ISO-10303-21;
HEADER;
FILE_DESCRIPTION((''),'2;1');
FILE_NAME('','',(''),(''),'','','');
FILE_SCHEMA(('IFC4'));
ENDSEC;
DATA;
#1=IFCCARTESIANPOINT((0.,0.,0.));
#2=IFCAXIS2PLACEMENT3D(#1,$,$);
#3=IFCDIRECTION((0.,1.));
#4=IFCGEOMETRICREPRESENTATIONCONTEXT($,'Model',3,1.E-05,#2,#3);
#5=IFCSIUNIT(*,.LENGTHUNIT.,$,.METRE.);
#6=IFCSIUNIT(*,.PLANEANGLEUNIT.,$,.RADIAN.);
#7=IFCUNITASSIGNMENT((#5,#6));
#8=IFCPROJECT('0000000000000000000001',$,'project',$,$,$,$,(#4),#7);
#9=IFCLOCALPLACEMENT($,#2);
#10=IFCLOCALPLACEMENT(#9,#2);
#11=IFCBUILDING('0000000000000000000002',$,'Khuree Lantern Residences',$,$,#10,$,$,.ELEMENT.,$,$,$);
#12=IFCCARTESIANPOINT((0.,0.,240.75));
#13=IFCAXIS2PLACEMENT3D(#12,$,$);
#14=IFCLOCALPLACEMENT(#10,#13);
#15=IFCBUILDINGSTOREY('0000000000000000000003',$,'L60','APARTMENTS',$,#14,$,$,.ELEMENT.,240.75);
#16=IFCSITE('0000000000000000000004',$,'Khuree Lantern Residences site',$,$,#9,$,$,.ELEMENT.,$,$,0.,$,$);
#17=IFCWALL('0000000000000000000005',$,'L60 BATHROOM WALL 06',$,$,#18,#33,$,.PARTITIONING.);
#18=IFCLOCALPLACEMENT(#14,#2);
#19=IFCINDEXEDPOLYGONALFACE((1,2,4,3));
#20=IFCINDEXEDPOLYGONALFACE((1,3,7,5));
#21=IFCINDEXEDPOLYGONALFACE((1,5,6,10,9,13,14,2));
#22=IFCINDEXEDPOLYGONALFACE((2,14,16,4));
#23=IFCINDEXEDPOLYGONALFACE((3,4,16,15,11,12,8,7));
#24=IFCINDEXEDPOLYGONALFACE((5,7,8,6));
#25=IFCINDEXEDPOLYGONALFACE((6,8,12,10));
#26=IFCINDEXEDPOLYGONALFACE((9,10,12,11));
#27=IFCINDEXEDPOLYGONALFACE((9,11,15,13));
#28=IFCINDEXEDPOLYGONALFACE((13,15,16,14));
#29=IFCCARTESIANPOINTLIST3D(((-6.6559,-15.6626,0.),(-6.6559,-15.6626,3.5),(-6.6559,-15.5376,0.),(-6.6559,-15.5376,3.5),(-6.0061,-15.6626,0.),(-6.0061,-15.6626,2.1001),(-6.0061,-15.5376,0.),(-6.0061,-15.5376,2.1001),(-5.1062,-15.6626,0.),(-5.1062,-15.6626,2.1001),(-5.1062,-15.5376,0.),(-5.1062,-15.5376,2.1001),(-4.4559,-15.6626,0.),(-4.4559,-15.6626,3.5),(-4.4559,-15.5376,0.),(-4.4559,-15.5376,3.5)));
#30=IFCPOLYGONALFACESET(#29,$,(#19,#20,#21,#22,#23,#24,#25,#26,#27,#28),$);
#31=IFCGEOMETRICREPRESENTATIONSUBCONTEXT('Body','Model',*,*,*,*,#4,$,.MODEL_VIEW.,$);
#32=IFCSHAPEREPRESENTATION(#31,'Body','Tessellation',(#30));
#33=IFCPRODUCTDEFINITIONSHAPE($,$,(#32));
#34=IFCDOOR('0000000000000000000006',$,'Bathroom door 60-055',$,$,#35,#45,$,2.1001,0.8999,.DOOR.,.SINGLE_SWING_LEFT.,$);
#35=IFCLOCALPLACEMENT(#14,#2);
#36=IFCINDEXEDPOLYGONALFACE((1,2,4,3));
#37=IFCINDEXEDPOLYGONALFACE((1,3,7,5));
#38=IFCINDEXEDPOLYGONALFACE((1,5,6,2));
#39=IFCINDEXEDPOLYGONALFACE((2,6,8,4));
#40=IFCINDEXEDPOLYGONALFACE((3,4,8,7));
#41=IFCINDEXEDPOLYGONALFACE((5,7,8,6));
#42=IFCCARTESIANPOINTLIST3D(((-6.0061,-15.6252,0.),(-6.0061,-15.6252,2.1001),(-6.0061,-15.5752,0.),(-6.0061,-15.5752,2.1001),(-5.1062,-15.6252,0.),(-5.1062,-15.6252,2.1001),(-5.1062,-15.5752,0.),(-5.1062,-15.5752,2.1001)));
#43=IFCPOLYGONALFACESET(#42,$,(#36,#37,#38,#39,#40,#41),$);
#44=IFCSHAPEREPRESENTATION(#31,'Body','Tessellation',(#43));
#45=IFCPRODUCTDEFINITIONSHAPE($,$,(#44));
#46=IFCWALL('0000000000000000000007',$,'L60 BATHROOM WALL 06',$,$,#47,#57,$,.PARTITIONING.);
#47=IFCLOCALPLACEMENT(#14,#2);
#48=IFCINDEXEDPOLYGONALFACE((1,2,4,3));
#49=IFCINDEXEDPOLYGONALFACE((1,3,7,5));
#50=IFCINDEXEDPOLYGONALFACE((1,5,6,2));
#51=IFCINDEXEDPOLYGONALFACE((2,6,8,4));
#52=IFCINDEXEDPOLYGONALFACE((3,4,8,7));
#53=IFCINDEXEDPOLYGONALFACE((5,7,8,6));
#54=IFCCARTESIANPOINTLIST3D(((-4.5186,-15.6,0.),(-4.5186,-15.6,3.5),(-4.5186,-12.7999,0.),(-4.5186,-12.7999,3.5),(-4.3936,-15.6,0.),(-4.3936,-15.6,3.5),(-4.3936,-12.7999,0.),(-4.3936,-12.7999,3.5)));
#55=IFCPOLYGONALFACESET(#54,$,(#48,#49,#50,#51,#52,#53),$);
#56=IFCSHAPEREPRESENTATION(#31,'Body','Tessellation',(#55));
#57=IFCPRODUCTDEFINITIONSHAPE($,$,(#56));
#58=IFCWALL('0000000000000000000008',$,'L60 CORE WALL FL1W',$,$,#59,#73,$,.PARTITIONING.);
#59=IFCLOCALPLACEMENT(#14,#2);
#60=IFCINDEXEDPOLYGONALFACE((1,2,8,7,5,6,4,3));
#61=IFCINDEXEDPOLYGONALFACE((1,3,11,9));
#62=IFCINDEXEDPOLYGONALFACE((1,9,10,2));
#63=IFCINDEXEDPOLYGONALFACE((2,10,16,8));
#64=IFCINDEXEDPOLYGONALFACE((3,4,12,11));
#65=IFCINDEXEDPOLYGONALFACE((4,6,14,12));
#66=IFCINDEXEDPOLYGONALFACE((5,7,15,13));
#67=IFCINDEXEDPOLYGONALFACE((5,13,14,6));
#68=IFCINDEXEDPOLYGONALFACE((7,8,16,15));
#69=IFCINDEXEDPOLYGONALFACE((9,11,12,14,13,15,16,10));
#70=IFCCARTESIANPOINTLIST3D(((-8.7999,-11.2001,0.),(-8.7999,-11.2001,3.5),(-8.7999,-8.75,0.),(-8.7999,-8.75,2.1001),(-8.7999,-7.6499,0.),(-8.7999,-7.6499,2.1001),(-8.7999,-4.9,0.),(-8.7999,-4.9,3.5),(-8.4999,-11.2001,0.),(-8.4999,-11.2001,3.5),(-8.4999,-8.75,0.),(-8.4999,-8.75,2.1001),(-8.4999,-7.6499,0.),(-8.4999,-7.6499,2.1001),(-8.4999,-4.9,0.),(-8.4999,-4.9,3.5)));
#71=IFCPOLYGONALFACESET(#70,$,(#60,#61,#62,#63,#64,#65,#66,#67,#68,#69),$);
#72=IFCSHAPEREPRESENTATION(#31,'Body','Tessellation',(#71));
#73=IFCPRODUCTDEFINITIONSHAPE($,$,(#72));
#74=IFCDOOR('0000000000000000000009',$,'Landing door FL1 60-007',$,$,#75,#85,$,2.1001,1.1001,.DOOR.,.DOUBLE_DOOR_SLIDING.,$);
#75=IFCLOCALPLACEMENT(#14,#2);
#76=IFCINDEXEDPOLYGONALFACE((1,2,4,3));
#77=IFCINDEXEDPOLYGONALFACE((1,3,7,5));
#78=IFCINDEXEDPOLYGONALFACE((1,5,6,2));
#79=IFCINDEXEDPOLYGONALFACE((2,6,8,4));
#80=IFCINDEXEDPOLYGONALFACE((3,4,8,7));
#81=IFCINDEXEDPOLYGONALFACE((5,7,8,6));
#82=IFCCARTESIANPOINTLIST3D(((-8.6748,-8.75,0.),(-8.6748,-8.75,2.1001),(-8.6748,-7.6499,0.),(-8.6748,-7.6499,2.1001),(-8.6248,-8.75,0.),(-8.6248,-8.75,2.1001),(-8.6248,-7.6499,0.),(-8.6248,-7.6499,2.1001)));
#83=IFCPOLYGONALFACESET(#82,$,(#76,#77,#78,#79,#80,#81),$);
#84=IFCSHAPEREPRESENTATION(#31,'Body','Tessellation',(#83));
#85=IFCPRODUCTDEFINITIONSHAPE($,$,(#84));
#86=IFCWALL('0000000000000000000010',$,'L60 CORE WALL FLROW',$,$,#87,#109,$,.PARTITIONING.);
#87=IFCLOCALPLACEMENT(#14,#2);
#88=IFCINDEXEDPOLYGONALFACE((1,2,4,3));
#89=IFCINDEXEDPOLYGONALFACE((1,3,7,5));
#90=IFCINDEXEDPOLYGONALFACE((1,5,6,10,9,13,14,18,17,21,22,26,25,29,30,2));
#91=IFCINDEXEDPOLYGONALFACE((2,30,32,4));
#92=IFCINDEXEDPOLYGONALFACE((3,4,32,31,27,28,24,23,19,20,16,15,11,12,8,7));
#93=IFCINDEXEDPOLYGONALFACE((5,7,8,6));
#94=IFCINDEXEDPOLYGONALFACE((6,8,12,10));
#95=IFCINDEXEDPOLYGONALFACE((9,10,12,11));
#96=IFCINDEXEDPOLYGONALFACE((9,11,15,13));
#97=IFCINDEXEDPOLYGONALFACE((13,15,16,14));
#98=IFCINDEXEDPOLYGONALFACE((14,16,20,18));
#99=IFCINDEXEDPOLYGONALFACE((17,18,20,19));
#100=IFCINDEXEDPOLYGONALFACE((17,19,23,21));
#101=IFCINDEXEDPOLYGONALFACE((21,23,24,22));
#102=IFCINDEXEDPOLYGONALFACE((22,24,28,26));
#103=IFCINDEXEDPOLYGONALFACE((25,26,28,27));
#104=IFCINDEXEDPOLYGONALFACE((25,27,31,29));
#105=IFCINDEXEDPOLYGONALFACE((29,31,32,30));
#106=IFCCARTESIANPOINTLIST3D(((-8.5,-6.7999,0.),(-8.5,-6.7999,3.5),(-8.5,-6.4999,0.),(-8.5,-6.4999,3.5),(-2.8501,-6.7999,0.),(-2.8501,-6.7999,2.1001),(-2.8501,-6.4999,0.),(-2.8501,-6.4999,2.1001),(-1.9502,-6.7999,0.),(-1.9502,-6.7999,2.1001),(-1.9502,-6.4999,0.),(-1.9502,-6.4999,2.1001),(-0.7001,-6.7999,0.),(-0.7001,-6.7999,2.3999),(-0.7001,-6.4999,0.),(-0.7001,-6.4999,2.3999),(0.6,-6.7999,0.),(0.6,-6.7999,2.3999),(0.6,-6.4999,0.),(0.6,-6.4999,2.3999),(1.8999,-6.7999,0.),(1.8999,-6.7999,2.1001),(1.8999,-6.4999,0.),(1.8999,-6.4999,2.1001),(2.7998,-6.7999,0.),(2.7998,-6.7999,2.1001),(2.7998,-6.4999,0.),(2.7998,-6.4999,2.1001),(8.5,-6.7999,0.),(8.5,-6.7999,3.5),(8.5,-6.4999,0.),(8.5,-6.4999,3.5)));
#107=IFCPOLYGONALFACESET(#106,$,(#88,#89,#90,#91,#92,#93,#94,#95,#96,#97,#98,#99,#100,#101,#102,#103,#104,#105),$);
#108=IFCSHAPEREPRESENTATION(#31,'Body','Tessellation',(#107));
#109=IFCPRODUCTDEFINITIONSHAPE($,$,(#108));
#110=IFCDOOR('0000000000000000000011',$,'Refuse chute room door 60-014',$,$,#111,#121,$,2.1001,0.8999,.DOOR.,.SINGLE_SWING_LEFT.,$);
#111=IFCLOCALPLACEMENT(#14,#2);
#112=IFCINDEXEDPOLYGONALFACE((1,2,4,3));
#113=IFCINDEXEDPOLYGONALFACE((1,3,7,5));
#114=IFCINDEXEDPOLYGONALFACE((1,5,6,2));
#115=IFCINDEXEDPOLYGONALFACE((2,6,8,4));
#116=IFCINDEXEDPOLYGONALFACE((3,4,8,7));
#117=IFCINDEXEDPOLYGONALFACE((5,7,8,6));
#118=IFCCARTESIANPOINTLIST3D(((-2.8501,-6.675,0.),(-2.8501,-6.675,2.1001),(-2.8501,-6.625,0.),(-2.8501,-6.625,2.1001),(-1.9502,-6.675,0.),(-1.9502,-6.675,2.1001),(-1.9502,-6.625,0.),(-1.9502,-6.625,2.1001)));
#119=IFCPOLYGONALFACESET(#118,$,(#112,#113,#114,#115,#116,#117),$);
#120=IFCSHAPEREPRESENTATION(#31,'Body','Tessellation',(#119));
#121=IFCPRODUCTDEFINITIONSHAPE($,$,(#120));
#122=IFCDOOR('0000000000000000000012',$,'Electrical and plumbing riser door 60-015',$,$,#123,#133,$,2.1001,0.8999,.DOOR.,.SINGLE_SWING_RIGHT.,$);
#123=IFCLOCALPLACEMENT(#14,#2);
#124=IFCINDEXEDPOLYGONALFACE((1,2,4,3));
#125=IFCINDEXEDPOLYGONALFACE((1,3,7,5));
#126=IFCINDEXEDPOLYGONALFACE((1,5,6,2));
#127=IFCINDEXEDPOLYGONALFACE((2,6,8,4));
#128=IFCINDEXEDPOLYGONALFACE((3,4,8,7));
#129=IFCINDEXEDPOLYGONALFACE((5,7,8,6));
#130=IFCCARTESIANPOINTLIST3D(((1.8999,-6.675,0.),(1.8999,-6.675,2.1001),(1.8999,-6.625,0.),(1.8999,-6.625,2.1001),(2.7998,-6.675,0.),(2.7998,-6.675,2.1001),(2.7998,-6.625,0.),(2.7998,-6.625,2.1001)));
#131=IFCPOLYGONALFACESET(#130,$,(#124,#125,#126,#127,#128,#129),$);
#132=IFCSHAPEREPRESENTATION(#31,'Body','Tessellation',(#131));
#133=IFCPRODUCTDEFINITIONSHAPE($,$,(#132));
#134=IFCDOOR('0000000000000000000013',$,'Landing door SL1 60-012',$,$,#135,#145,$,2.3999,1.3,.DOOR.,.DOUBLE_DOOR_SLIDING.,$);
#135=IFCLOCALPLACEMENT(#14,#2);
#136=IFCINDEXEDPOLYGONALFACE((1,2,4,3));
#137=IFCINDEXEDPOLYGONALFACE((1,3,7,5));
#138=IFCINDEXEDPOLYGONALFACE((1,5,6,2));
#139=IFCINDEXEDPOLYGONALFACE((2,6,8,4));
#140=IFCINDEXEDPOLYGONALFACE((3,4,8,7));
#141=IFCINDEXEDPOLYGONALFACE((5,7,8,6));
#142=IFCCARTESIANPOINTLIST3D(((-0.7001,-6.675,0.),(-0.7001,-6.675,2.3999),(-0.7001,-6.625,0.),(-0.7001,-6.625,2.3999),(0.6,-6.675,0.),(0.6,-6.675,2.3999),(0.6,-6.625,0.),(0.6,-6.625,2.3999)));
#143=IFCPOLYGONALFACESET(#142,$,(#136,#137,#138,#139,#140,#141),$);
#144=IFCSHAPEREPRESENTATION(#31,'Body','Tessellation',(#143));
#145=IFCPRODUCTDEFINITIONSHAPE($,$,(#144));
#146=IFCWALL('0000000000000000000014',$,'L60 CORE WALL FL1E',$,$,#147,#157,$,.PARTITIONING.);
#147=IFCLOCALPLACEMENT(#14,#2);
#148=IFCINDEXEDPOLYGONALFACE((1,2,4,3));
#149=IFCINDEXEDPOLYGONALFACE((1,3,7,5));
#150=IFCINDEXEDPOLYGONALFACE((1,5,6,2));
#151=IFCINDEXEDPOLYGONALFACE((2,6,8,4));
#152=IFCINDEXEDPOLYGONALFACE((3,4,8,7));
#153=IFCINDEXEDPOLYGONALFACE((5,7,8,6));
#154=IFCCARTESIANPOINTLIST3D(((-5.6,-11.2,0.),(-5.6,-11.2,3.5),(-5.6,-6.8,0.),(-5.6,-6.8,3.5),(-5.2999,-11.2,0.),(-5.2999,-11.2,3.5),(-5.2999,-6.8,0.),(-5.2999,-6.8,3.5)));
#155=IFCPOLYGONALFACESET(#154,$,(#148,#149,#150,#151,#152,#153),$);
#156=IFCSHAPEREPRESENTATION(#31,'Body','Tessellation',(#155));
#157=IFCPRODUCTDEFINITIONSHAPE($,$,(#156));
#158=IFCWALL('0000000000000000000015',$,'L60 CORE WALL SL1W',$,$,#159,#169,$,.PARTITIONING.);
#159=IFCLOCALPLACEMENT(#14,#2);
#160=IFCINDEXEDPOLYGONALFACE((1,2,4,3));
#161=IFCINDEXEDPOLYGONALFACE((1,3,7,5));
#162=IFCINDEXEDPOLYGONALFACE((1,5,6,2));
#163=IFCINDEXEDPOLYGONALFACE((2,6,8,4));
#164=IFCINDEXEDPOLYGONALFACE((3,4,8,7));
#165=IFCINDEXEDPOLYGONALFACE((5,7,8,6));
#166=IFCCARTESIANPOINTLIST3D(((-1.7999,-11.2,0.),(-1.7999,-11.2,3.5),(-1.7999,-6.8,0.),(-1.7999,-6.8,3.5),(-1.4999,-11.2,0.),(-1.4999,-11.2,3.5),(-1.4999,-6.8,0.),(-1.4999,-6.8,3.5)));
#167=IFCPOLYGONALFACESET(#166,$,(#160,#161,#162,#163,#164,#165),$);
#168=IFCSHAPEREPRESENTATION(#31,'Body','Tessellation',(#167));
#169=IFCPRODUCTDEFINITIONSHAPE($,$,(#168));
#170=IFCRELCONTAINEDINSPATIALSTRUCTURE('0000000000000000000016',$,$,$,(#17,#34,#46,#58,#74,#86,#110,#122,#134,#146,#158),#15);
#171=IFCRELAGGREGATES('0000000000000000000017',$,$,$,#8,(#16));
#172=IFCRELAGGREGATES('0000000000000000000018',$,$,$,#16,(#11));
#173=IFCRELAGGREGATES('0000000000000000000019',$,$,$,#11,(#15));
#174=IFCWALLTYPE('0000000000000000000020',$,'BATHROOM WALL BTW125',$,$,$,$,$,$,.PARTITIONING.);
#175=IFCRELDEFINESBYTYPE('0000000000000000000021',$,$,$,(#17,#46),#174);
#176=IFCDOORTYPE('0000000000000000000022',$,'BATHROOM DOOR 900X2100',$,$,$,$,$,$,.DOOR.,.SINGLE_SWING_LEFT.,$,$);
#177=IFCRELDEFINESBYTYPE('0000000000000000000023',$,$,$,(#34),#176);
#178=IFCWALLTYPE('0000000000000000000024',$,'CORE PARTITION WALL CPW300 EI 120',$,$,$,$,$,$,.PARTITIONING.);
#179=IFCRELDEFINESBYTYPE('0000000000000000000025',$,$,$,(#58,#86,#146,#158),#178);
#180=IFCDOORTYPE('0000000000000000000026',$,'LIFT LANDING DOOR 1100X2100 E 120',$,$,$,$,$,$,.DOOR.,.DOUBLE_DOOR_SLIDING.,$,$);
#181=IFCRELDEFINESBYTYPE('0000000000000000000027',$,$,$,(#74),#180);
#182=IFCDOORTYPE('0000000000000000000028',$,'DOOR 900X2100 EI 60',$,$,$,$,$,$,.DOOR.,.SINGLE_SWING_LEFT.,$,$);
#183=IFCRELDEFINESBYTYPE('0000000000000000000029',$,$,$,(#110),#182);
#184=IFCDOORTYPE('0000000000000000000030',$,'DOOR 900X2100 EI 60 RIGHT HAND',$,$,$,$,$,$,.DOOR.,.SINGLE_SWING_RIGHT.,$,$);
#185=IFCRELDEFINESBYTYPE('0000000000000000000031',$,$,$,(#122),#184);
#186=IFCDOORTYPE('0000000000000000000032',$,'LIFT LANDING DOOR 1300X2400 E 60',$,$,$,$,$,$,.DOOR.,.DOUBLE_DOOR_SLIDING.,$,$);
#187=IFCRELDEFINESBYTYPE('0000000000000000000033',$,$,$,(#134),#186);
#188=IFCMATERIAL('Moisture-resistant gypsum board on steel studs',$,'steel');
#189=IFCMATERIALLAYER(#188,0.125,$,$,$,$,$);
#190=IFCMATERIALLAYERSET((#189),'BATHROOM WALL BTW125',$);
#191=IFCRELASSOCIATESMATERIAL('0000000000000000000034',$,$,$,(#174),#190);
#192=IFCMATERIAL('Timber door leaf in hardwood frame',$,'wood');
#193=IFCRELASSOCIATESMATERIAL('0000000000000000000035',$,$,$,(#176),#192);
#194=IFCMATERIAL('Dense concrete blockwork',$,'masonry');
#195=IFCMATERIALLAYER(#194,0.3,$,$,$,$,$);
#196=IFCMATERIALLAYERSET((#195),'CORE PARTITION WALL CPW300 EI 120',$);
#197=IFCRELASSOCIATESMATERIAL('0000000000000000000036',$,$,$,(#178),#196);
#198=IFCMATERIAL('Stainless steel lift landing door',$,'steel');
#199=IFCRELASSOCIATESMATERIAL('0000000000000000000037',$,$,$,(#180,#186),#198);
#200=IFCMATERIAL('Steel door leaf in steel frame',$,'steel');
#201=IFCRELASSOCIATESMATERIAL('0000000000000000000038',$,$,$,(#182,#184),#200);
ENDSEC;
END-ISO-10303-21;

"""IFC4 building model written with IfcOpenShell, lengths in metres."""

from ifc_helpers import new_model, si_unit, direction, frame, frame_2d, origin, place, context, subcontext, project, spatial, rectangle, extrude, material, layer, layer_set, type_object, element, fill, save


model = new_model("IFC4")

# Units and contexts
model_context = context("Model", 3, precision=1e-05, world=origin(), true_north=direction((0.0, 1.0)))
body_context = subcontext(model_context, "Body", "Model", "MODEL_VIEW")
ifc_project = project(units=[si_unit("LENGTHUNIT", "METRE"), si_unit("PLANEANGLEUNIT", "RADIAN")], contexts=[model_context])

# Site, building, storey
site_placement = place(None, origin())
site = spatial("IfcSite", under=ifc_project, at=site_placement, Name="Khuree Lantern Residences site", CompositionType="ELEMENT", RefElevation=0.0)
building_placement = place(site_placement, origin())
building = spatial("IfcBuilding", under=site, at=building_placement, Name="Khuree Lantern Residences", CompositionType="ELEMENT")
storey_placement = place(building_placement, frame((0.0, 0.0, 240.75)))
storey = spatial("IfcBuildingStorey", under=building, at=storey_placement, Name="L60", Description="APARTMENTS", CompositionType="ELEMENT", Elevation=240.75)

# Wall, opening, door
ifc_material_1 = material(Name="Moisture-resistant gypsum board on steel studs", Category="steel")
ifc_layer_1 = layer(ifc_material_1, 0.125)
ifc_layer_set_1 = layer_set([ifc_layer_1], Name="BATHROOM WALL BTW125")
wall_type_1 = type_object("IfcWallType", Name="BATHROOM WALL BTW125", PredefinedType="PARTITIONING", material=ifc_layer_set_1)
wall_1_placement = place(storey_placement, frame((-6.656, -15.6001, 0.0), z_axis=(0.0, 0.0, 1.0), x_axis=(1.0, 0.0, 0.0)))
wall_1 = element("IfcWall", 1, at=wall_1_placement, inside=storey, type_object=wall_type_1, Name="L60 BATHROOM WALL 06", PredefinedType="PARTITIONING", context=body_context, shape_type="SweptSolid", body=[
    extrude(rectangle(XDim=2.2, YDim=0.125, at=frame_2d((1.1001, 0.0))), origin(), (0.0, 0.0, 1.0), 3.5),
])
opening_1_placement = place(wall_1_placement, frame((0.6499, 0.0, 0.0)))
opening_1 = element("IfcOpeningElement", 2, at=opening_1_placement, cuts=wall_1, PredefinedType="OPENING", context=body_context, shape_type="SweptSolid", body=[
    extrude(rectangle(XDim=0.8999, YDim=2.1001, at=frame_2d((0.45, 1.05))), frame((0.0, 0.0725, 0.0), z_axis=(0.0, -1.0, 0.0), x_axis=(1.0, 0.0, 0.0)), (0.0, 0.0, 1.0), 0.145),
])
ifc_material_2 = material(Name="Timber door leaf in hardwood frame", Category="wood")
door_type_1 = type_object("IfcDoorType", Name="BATHROOM DOOR 900X2100", OperationType="SINGLE_SWING_LEFT", PredefinedType="DOOR", material=ifc_material_2)
door_1_placement = place(opening_1_placement, origin())
door_1 = element("IfcDoor", 3, at=door_1_placement, inside=storey, type_object=door_type_1, Name="Bathroom door 60-055", OperationType="SINGLE_SWING_LEFT", OverallHeight=2.1001, OverallWidth=0.8999, PredefinedType="DOOR", context=body_context, shape_type="SweptSolid", body=[
    extrude(rectangle(XDim=0.8999, YDim=2.1001, at=frame_2d((0.45, 1.05))), frame((0.0, 0.0249, 0.0), z_axis=(0.0, -1.0, 0.0), x_axis=(1.0, 0.0, 0.0)), (0.0, 0.0, 1.0), 0.05),
])
fill(opening_1, door_1)

# Wall
wall_2_placement = place(storey_placement, frame((-4.4561, -12.8, 0.0), z_axis=(0.0, 0.0, 1.0), x_axis=(0.0, -1.0, 0.0)))
element("IfcWall", 4, at=wall_2_placement, inside=storey, type_object=wall_type_1, Name="L60 BATHROOM WALL 06", PredefinedType="PARTITIONING", context=body_context, shape_type="SweptSolid", body=[
    extrude(rectangle(XDim=2.8, YDim=0.125, at=frame_2d((1.3999, 0.0))), origin(), (0.0, 0.0, 1.0), 3.5),
])

# Wall, opening, door
ifc_material_3 = material(Name="Dense concrete blockwork", Category="masonry")
ifc_layer_2 = layer(ifc_material_3, 0.3)
ifc_layer_set_2 = layer_set([ifc_layer_2], Name="CORE PARTITION WALL CPW300 EI 120")
wall_type_2 = type_object("IfcWallType", Name="CORE PARTITION WALL CPW300 EI 120", PredefinedType="PARTITIONING", material=ifc_layer_set_2)
wall_3_placement = place(storey_placement, frame((-8.6499, -11.2, 0.0), z_axis=(0.0, 0.0, 1.0), x_axis=(0.0, 1.0, 0.0)))
wall_3 = element("IfcWall", 5, at=wall_3_placement, inside=storey, type_object=wall_type_2, Name="L60 CORE WALL FL1W", PredefinedType="PARTITIONING", context=body_context, shape_type="SweptSolid", body=[
    extrude(rectangle(XDim=6.3, YDim=0.3, at=frame_2d((3.1499, 0.0))), origin(), (0.0, 0.0, 1.0), 3.5),
])
opening_2_placement = place(wall_3_placement, frame((2.45, 0.0, 0.0)))
opening_2 = element("IfcOpeningElement", 6, at=opening_2_placement, cuts=wall_3, PredefinedType="OPENING", context=body_context, shape_type="SweptSolid", body=[
    extrude(rectangle(XDim=1.1001, YDim=2.1001, at=frame_2d((0.55, 1.05))), frame((0.0, 0.1602, 0.0), z_axis=(0.0, -1.0, 0.0), x_axis=(1.0, 0.0, 0.0)), (0.0, 0.0, 1.0), 0.3201),
])
ifc_material_4 = material(Name="Stainless steel lift landing door", Category="steel")
door_type_2 = type_object("IfcDoorType", Name="LIFT LANDING DOOR 1100X2100 E 120", OperationType="DOUBLE_DOOR_SLIDING", PredefinedType="DOOR", material=ifc_material_4)
door_2_placement = place(opening_2_placement, origin())
door_2 = element("IfcDoor", 7, at=door_2_placement, inside=storey, type_object=door_type_2, Name="Landing door FL1 60-007", OperationType="DOUBLE_DOOR_SLIDING", OverallHeight=2.1001, OverallWidth=1.1001, PredefinedType="DOOR", context=body_context, shape_type="SweptSolid", body=[
    extrude(rectangle(XDim=1.1001, YDim=2.1001, at=frame_2d((0.55, 1.05))), frame((0.0, 0.0249, 0.0), z_axis=(0.0, -1.0, 0.0), x_axis=(1.0, 0.0, 0.0)), (0.0, 0.0, 1.0), 0.05),
])
fill(opening_2, door_2)

# Wall, openings, doors
wall_4_placement = place(storey_placement, frame((-8.5, -6.6499, 0.0), z_axis=(0.0, 0.0, 1.0), x_axis=(1.0, 0.0, 0.0)))
wall_4 = element("IfcWall", 8, at=wall_4_placement, inside=storey, type_object=wall_type_2, Name="L60 CORE WALL FLROW", PredefinedType="PARTITIONING", context=body_context, shape_type="SweptSolid", body=[
    extrude(rectangle(XDim=17.0, YDim=0.3, at=frame_2d((8.5, 0.0))), origin(), (0.0, 0.0, 1.0), 3.5),
])
opening_3_placement = place(wall_4_placement, frame((7.8, 0.0, 0.0)))
opening_3 = element("IfcOpeningElement", 9, at=opening_3_placement, cuts=wall_4, PredefinedType="OPENING", context=body_context, shape_type="SweptSolid", body=[
    extrude(rectangle(XDim=1.3, YDim=2.3999, at=frame_2d((0.6499, 1.2))), frame((0.0, 0.1602, 0.0), z_axis=(0.0, -1.0, 0.0), x_axis=(1.0, 0.0, 0.0)), (0.0, 0.0, 1.0), 0.3201),
])
opening_4_placement = place(wall_4_placement, frame((5.6499, 0.0, 0.0)))
opening_4 = element("IfcOpeningElement", 10, at=opening_4_placement, cuts=wall_4, PredefinedType="OPENING", context=body_context, shape_type="SweptSolid", body=[
    extrude(rectangle(XDim=0.8999, YDim=2.1001, at=frame_2d((0.45, 1.05))), frame((0.0, 0.1602, 0.0), z_axis=(0.0, -1.0, 0.0), x_axis=(1.0, 0.0, 0.0)), (0.0, 0.0, 1.0), 0.3201),
])
opening_5_placement = place(wall_4_placement, frame((10.3999, 0.0, 0.0)))
opening_5 = element("IfcOpeningElement", 11, at=opening_5_placement, cuts=wall_4, PredefinedType="OPENING", context=body_context, shape_type="SweptSolid", body=[
    extrude(rectangle(XDim=0.8999, YDim=2.1001, at=frame_2d((0.45, 1.05))), frame((0.0, 0.1602, 0.0), z_axis=(0.0, -1.0, 0.0), x_axis=(1.0, 0.0, 0.0)), (0.0, 0.0, 1.0), 0.3201),
])
ifc_material_5 = material(Name="Steel door leaf in steel frame", Category="steel")
door_type_3 = type_object("IfcDoorType", Name="DOOR 900X2100 EI 60", OperationType="SINGLE_SWING_LEFT", PredefinedType="DOOR", material=ifc_material_5)
door_3_placement = place(opening_4_placement, origin())
door_3 = element("IfcDoor", 12, at=door_3_placement, inside=storey, type_object=door_type_3, Name="Refuse chute room door 60-014", OperationType="SINGLE_SWING_LEFT", OverallHeight=2.1001, OverallWidth=0.8999, PredefinedType="DOOR", context=body_context, shape_type="SweptSolid", body=[
    extrude(rectangle(XDim=0.8999, YDim=2.1001, at=frame_2d((0.45, 1.05))), frame((0.0, 0.0249, 0.0), z_axis=(0.0, -1.0, 0.0), x_axis=(1.0, 0.0, 0.0)), (0.0, 0.0, 1.0), 0.05),
])
fill(opening_4, door_3)
door_type_4 = type_object("IfcDoorType", Name="DOOR 900X2100 EI 60 RIGHT HAND", OperationType="SINGLE_SWING_RIGHT", PredefinedType="DOOR", material=ifc_material_5)
door_4_placement = place(opening_5_placement, origin())
door_4 = element("IfcDoor", 13, at=door_4_placement, inside=storey, type_object=door_type_4, Name="Electrical and plumbing riser door 60-015", OperationType="SINGLE_SWING_RIGHT", OverallHeight=2.1001, OverallWidth=0.8999, PredefinedType="DOOR", context=body_context, shape_type="SweptSolid", body=[
    extrude(rectangle(XDim=0.8999, YDim=2.1001, at=frame_2d((0.45, 1.05))), frame((0.0, 0.0249, 0.0), z_axis=(0.0, -1.0, 0.0), x_axis=(1.0, 0.0, 0.0)), (0.0, 0.0, 1.0), 0.05),
])
fill(opening_5, door_4)
door_type_5 = type_object("IfcDoorType", Name="LIFT LANDING DOOR 1300X2400 E 60", OperationType="DOUBLE_DOOR_SLIDING", PredefinedType="DOOR", material=ifc_material_4)
door_5_placement = place(opening_3_placement, origin())
door_5 = element("IfcDoor", 14, at=door_5_placement, inside=storey, type_object=door_type_5, Name="Landing door SL1 60-012", OperationType="DOUBLE_DOOR_SLIDING", OverallHeight=2.3999, OverallWidth=1.3, PredefinedType="DOOR", context=body_context, shape_type="SweptSolid", body=[
    extrude(rectangle(XDim=1.3, YDim=2.3999, at=frame_2d((0.6499, 1.2))), frame((0.0, 0.0249, 0.0), z_axis=(0.0, -1.0, 0.0), x_axis=(1.0, 0.0, 0.0)), (0.0, 0.0, 1.0), 0.05),
])
fill(opening_3, door_5)

# Walls
for number, where, z_axis, x_axis, name in (
    (15, (-5.45, -11.2, 0.0), (0.0, 0.0, 1.0), (0.0, 1.0, 0.0), "L60 CORE WALL FL1E"),
    (16, (-1.6499, -11.2, 0.0), (0.0, 0.0, 1.0), (0.0, 1.0, 0.0), "L60 CORE WALL SL1W"),
):
    element("IfcWall", number, at=place(storey_placement, frame(where, z_axis=z_axis, x_axis=x_axis)), inside=storey, type_object=wall_type_2, Name=name, PredefinedType="PARTITIONING", context=body_context, shape_type="SweptSolid", body=[
        extrude(rectangle(XDim=4.3999, YDim=0.3, at=frame_2d((2.2, 0.0))), origin(), (0.0, 0.0, 1.0), 3.5),
    ])

save(model, "model.ifc")
